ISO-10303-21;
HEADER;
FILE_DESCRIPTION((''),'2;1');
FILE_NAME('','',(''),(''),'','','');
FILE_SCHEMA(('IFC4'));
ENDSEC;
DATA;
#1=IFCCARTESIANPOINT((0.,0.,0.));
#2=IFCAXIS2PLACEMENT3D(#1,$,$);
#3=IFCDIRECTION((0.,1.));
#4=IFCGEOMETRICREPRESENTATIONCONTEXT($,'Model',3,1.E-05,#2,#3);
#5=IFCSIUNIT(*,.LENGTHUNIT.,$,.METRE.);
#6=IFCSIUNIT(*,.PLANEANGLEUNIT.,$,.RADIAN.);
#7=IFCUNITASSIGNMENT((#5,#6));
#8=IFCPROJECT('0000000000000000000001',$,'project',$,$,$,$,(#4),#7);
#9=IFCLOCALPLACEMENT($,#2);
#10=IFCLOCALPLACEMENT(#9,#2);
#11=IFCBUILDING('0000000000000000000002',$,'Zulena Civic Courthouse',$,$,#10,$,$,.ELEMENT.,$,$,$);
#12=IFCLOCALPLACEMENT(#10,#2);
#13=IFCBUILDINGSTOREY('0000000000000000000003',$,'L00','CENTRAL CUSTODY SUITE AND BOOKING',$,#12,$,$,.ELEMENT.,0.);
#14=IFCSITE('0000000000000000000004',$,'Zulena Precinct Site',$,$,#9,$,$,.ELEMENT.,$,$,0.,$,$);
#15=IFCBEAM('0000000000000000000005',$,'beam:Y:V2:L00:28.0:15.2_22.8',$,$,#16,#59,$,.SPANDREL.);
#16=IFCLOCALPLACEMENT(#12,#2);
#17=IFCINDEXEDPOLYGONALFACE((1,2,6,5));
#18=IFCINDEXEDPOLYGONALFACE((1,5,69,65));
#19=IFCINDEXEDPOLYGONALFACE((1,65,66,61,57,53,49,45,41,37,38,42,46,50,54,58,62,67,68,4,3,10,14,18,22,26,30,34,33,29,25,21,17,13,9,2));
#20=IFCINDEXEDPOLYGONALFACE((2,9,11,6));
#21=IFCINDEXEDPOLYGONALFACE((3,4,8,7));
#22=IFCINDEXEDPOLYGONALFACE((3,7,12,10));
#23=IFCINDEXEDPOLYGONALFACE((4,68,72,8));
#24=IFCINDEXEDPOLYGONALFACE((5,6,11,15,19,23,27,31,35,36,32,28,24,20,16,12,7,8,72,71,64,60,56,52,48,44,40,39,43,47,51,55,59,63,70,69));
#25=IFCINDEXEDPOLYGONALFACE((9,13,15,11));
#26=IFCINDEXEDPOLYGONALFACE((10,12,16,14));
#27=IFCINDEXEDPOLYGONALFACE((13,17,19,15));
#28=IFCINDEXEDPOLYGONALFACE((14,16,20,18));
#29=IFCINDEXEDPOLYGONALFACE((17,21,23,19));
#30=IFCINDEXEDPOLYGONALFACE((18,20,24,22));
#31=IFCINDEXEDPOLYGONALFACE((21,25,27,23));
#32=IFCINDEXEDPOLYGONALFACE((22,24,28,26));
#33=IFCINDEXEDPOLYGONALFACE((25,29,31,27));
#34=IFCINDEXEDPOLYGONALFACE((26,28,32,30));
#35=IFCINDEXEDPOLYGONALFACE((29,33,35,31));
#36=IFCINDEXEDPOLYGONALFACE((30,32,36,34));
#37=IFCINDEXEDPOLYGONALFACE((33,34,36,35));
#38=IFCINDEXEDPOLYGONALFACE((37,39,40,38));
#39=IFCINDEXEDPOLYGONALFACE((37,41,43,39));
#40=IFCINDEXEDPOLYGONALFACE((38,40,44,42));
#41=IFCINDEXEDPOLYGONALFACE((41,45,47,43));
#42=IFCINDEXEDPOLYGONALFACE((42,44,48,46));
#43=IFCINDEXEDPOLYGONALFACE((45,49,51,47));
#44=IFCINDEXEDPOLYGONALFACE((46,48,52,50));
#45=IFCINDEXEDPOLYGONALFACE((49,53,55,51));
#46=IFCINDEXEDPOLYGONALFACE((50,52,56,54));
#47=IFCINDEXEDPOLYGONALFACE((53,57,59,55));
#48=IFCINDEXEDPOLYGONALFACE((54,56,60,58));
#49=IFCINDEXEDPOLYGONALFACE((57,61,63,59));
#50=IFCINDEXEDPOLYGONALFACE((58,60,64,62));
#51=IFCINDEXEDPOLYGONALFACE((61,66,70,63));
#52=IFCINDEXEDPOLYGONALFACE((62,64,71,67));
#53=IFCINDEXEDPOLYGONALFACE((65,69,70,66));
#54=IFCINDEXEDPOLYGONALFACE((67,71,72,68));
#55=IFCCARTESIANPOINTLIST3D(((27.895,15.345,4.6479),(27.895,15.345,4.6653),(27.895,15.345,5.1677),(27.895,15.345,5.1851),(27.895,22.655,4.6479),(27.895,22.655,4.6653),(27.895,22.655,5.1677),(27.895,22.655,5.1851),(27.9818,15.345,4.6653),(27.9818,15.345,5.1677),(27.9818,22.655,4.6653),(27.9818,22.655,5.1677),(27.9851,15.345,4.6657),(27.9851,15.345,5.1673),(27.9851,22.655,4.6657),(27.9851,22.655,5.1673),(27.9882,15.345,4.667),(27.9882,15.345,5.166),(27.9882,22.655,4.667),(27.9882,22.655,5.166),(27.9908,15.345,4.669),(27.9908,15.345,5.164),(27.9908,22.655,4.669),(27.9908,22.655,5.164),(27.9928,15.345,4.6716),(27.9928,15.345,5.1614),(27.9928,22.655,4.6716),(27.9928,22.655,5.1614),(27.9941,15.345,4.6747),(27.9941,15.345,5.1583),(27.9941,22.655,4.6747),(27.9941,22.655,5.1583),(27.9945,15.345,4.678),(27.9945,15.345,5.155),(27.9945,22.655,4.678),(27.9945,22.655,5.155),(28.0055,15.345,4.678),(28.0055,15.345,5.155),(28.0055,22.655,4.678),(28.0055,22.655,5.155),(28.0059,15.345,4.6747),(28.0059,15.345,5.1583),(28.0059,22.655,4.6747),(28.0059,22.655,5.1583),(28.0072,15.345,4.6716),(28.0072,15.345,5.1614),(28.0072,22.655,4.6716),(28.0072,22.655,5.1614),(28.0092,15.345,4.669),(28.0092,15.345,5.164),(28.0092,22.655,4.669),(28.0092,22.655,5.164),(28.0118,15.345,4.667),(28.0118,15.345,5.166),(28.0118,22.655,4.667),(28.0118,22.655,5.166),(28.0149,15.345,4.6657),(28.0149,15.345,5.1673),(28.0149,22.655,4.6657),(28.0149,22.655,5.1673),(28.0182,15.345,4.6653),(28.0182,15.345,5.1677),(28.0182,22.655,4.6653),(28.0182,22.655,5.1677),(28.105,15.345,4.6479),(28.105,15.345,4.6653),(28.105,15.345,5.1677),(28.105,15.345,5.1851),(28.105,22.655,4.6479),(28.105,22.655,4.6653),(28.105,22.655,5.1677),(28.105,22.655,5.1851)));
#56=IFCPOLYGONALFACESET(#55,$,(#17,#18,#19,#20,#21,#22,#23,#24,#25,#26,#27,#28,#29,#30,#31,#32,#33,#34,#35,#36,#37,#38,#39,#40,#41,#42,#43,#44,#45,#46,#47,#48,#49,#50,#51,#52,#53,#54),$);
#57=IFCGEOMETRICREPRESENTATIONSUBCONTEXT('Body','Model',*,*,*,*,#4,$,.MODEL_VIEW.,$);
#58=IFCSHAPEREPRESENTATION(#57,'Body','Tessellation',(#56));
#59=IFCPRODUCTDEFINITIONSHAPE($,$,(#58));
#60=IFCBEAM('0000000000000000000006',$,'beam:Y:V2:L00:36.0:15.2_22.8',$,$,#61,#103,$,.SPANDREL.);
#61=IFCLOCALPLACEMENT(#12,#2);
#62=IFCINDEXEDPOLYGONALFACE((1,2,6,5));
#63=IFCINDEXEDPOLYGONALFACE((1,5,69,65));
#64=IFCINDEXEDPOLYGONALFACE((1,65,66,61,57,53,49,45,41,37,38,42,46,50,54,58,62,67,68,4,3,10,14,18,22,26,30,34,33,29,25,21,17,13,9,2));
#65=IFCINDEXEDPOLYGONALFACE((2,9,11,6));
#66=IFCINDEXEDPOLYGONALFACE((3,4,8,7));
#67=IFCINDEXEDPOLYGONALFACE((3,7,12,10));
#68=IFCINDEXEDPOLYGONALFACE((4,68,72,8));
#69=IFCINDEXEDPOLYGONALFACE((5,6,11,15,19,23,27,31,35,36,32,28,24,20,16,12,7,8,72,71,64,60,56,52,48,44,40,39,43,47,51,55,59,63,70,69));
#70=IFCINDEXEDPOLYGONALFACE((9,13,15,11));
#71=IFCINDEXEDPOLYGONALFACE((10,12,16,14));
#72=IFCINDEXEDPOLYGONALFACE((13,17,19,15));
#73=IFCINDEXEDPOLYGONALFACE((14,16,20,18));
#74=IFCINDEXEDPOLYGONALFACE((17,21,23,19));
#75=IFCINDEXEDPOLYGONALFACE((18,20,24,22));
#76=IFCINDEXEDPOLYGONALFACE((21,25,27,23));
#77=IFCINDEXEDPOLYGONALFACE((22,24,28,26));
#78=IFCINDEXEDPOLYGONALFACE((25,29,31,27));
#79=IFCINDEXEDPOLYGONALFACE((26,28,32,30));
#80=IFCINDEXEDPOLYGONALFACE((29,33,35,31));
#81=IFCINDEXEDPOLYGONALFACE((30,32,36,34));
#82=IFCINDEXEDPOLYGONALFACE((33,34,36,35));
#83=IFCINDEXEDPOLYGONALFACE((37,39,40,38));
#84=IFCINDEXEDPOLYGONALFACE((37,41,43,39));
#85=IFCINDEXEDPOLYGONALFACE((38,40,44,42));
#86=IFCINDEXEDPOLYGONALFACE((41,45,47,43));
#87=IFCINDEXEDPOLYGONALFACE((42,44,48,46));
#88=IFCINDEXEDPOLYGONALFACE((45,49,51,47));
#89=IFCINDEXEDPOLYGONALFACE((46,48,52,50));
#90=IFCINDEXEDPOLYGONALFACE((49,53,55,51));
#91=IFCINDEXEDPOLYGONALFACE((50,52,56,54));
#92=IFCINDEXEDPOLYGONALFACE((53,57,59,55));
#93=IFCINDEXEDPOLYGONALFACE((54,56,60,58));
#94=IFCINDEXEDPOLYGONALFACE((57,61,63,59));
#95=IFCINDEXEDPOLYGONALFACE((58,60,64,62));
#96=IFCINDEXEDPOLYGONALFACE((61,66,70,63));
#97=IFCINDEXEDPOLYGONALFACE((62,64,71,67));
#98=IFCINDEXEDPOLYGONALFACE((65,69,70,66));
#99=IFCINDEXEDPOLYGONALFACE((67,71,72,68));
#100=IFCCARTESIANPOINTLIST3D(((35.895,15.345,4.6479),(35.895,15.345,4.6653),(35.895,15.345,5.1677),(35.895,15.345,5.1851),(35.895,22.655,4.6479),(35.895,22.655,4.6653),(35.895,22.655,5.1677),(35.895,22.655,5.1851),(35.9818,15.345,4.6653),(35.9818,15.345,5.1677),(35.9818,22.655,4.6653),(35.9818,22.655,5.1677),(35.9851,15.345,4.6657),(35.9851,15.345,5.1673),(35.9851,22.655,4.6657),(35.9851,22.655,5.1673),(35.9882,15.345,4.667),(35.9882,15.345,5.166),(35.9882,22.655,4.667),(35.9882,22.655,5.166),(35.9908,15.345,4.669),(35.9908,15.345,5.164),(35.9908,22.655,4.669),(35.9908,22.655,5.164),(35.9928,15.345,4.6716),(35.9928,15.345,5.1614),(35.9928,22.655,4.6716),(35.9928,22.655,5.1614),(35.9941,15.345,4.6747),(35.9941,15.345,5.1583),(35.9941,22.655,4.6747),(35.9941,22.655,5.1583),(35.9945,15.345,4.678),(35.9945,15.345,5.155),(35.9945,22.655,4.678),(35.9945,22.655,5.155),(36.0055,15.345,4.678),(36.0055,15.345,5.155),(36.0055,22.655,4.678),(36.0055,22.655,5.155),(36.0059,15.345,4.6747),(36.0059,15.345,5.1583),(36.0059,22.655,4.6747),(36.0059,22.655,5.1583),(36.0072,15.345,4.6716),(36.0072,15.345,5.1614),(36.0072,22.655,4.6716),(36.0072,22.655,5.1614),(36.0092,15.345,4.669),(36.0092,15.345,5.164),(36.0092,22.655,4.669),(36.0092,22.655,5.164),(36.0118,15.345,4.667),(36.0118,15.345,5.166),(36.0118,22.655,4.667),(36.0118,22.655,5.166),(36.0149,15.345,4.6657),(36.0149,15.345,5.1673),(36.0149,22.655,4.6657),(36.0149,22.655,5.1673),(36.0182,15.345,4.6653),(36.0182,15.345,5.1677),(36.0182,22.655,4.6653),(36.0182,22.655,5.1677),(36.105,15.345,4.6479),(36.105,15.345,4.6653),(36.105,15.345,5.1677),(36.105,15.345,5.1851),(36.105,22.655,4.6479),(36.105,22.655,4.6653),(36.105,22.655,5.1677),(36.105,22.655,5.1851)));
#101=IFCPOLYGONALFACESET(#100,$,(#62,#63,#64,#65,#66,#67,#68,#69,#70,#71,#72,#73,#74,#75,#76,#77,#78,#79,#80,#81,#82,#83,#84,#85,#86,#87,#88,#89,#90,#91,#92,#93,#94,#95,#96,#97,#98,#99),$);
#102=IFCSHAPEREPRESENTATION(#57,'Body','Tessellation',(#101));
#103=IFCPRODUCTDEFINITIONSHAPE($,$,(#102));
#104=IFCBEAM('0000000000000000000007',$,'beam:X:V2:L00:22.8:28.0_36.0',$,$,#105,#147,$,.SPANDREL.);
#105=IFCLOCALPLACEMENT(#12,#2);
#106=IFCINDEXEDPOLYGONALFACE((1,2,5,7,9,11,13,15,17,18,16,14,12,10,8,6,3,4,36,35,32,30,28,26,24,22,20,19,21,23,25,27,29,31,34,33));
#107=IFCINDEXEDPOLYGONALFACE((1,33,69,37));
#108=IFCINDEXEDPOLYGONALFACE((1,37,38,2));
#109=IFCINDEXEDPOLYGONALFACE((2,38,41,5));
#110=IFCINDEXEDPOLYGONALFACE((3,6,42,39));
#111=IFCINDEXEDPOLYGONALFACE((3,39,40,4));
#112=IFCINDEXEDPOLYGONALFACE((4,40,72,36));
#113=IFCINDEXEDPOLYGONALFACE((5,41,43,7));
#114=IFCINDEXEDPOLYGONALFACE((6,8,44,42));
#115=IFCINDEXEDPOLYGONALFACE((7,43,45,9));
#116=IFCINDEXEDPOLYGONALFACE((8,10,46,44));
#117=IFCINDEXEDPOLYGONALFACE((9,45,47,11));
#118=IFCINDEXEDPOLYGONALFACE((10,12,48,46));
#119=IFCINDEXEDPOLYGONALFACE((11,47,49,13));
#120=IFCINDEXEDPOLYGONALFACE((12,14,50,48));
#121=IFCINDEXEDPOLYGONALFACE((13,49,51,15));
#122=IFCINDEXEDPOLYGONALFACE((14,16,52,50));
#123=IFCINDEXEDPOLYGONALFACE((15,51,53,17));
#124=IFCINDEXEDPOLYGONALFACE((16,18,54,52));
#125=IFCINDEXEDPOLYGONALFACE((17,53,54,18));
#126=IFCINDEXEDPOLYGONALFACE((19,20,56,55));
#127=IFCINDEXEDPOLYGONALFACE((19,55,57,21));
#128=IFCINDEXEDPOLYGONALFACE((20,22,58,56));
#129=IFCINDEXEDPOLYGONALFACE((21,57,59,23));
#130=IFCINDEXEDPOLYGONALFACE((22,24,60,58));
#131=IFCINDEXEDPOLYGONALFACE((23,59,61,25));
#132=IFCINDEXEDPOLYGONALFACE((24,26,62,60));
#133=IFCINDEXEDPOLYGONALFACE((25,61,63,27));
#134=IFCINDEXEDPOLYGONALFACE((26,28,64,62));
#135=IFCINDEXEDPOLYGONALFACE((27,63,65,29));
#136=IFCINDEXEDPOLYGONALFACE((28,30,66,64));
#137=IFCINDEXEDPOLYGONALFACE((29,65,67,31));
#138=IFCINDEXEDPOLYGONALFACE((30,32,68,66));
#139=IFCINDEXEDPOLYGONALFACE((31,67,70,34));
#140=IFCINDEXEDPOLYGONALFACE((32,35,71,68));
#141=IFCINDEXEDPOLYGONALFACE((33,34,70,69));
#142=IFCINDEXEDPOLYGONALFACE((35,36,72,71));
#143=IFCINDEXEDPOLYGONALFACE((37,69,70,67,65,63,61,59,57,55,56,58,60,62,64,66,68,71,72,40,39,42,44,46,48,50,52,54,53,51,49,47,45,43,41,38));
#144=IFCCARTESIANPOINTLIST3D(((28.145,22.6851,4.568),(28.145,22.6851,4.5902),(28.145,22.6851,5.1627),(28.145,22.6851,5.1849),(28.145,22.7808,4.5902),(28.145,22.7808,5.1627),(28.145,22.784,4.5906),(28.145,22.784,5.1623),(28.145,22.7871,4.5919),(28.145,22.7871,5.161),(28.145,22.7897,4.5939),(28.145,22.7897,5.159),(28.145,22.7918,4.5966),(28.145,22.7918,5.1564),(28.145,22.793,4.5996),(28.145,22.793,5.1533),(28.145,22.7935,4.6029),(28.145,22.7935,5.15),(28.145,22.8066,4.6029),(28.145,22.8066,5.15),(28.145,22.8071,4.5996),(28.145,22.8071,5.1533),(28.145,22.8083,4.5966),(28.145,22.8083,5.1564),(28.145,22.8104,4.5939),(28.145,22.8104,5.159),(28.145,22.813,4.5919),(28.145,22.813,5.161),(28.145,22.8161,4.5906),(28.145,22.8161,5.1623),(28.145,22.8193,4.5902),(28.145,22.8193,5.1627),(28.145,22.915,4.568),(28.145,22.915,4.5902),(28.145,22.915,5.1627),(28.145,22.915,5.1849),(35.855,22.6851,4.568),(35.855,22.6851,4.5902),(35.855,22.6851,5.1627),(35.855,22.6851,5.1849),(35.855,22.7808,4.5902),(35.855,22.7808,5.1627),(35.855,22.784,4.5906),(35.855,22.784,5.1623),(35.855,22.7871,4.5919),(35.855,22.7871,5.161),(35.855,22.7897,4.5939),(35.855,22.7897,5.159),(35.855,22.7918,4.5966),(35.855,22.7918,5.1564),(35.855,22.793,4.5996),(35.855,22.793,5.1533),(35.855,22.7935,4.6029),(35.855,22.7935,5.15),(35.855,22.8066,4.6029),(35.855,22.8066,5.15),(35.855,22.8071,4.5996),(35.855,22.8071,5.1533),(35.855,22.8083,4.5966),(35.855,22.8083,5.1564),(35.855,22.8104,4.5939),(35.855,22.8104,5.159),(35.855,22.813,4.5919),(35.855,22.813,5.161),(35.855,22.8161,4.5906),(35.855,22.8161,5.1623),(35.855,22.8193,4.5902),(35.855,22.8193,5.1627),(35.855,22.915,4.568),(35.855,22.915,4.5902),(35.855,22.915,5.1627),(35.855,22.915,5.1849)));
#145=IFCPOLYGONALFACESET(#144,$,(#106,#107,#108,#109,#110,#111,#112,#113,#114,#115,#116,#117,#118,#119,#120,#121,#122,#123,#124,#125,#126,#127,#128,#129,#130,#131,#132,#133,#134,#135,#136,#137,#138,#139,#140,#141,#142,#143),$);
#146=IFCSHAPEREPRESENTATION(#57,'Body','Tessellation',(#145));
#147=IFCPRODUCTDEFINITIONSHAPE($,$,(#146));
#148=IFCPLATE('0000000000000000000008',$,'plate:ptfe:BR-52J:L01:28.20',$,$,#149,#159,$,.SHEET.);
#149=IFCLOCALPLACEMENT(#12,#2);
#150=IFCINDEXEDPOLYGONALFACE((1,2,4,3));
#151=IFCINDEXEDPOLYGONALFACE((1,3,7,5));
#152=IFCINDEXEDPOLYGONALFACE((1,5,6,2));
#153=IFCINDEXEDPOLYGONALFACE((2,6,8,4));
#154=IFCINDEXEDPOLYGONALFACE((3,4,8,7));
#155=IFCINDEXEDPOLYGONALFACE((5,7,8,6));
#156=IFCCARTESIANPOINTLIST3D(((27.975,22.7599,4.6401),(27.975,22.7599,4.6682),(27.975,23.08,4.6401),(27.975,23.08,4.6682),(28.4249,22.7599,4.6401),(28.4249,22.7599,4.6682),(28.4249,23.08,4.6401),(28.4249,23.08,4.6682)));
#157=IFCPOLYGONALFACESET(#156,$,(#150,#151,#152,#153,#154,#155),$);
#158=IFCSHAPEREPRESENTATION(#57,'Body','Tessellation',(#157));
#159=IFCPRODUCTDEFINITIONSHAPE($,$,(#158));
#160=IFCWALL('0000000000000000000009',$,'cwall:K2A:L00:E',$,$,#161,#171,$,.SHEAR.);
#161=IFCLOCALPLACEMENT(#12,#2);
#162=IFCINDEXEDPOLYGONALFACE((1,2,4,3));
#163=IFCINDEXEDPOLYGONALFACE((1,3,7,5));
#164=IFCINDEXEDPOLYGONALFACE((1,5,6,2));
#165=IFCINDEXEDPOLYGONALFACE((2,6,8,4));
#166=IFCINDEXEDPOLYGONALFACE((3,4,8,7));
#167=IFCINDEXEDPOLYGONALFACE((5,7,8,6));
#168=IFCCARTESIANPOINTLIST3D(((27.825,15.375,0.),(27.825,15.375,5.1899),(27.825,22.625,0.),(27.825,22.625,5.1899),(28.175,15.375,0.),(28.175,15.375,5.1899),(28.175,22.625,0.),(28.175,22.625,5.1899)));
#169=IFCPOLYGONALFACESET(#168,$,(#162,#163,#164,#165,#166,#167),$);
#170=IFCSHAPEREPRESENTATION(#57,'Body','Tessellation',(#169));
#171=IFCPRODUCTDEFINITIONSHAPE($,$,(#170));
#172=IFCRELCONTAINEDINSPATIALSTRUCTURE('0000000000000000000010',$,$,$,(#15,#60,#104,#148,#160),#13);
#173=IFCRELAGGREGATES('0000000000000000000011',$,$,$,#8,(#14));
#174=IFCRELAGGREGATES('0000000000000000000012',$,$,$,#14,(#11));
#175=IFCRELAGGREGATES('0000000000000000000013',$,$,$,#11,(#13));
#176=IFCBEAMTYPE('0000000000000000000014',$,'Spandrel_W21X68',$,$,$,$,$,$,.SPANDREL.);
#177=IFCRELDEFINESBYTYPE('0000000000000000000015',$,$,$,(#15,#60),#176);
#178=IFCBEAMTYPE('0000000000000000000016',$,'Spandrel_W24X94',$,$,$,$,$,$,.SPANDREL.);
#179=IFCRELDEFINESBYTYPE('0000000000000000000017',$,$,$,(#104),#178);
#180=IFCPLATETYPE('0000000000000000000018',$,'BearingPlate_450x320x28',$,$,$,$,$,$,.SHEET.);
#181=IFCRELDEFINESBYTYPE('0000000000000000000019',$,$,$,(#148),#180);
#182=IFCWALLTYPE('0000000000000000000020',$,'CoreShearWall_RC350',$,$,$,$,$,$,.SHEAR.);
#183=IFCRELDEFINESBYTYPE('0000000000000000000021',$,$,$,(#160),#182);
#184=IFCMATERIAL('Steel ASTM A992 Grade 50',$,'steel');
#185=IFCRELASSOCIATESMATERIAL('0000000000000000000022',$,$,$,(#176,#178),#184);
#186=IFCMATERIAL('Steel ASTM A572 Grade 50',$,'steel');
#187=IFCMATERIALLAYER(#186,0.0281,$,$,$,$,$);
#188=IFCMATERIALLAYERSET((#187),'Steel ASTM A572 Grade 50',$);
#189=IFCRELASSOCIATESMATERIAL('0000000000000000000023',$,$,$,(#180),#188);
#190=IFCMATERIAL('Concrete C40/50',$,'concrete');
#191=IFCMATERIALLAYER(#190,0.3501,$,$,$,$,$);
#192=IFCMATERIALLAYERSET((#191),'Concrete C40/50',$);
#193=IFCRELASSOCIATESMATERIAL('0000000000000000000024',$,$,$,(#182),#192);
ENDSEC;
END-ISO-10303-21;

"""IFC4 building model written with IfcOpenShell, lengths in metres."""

from ifc_helpers import new_model, si_unit, direction, frame, frame_2d, origin, origin_2d, place, context, subcontext, project, spatial, rectangle, i_section, extrude, material, layer, layer_set, material_profile, profile_set, type_object, element, save


model = new_model("IFC4")

# Units and contexts
model_context = context("Model", 3, precision=1e-05, world=origin(), true_north=direction((0.0, 1.0)))
body_context = subcontext(model_context, "Body", "Model", "MODEL_VIEW")
ifc_project = project(units=[si_unit("LENGTHUNIT", "METRE"), si_unit("PLANEANGLEUNIT", "RADIAN")], contexts=[model_context])

# Site, building, storey
site_placement = place(None, origin())
site = spatial("IfcSite", under=ifc_project, at=site_placement, Name="Zulena Precinct Site", CompositionType="ELEMENT", RefElevation=0.0)
building_placement = place(site_placement, origin())
building = spatial("IfcBuilding", under=site, at=building_placement, Name="Zulena Civic Courthouse", CompositionType="ELEMENT")
storey_placement = place(building_placement, origin())
storey = spatial("IfcBuildingStorey", under=building, at=storey_placement, Name="L00", Description="CENTRAL CUSTODY SUITE AND BOOKING", CompositionType="ELEMENT", Elevation=0.0)

# Shared definitions
ifc_material_1 = material(Name="Concrete C40/50", Category="concrete")

# Shared definitions
ifc_material_2 = material(Name="Steel ASTM A992 Grade 50", Category="steel")

# Beams
ifc_material_profile_1 = material_profile(ifc_material_2, i_section(OverallWidth=0.21, OverallDepth=0.5371, WebThickness=0.011, FlangeThickness=0.0173, FilletRadius=0.0127, at=origin_2d()), Name="W21X68")
ifc_profile_set_1 = profile_set([ifc_material_profile_1], Name="Steel ASTM A992 Grade 50")
beam_type_1 = type_object("IfcBeamType", Name="Spandrel_W21X68", PredefinedType="SPANDREL", material=ifc_profile_set_1)
for number, where, z_axis, x_axis, name in (
    (1, (28.0, 15.345, 4.9165), (0.0, 1.0, 0.0), (-1.0, 0.0, 0.0), "beam:Y:V2:L00:28.0:15.2_22.8"),
    (2, (36.0, 15.345, 4.9165), (0.0, 1.0, 0.0), (-1.0, 0.0, 0.0), "beam:Y:V2:L00:36.0:15.2_22.8"),
):
    element("IfcBeam", number, at=place(storey_placement, frame(where, z_axis=z_axis, x_axis=x_axis)), inside=storey, type_object=beam_type_1, Name=name, PredefinedType="SPANDREL", context=body_context, shape_type="SweptSolid", body=[
        extrude(i_section(OverallWidth=0.21, OverallDepth=0.5371, WebThickness=0.011, FlangeThickness=0.0173, FilletRadius=0.0127, at=origin_2d()), origin(), (0.0, 0.0, 1.0), 7.3101),
    ])
ifc_material_profile_2 = material_profile(ifc_material_2, i_section(OverallWidth=0.23, OverallDepth=0.6169, WebThickness=0.0132, FlangeThickness=0.0222, FilletRadius=0.0127, at=origin_2d()), Name="W24X94")
ifc_profile_set_2 = profile_set([ifc_material_profile_2], Name="Steel ASTM A992 Grade 50")
beam_type_2 = type_object("IfcBeamType", Name="Spandrel_W24X94", PredefinedType="SPANDREL", material=ifc_profile_set_2)
beam_1_placement = place(storey_placement, frame((28.145, 22.8, 4.8765), z_axis=(1.0, 0.0, 0.0), x_axis=(0.0, 1.0, 0.0)))
element("IfcBeam", 3, at=beam_1_placement, inside=storey, type_object=beam_type_2, Name="beam:X:V2:L00:22.8:28.0_36.0", PredefinedType="SPANDREL", context=body_context, shape_type="SweptSolid", body=[
    extrude(i_section(OverallWidth=0.23, OverallDepth=0.6169, WebThickness=0.0132, FlangeThickness=0.0222, FilletRadius=0.0127, at=origin_2d()), origin(), (0.0, 0.0, 1.0), 7.71),
])

# Plate
ifc_material_3 = material(Name="Steel ASTM A572 Grade 50", Category="steel")
ifc_layer_1 = layer(ifc_material_3, 0.0281)
ifc_layer_set_1 = layer_set([ifc_layer_1], Name="Steel ASTM A572 Grade 50")
plate_type = type_object("IfcPlateType", Name="BearingPlate_450x320x28", PredefinedType="SHEET", material=ifc_layer_set_1)
plate_placement = place(storey_placement, frame((28.2, 22.9199, 4.6401), z_axis=(0.0, 0.0, 1.0), x_axis=(1.0, 0.0, 0.0)))
element("IfcPlate", 4, at=plate_placement, inside=storey, type_object=plate_type, Name="plate:ptfe:BR-52J:L01:28.20", PredefinedType="SHEET", context=body_context, shape_type="SweptSolid", body=[
    extrude(rectangle(XDim=0.45, YDim=0.3201, at=origin_2d()), origin(), (0.0, 0.0, 1.0), 0.0281),
])

# Wall
ifc_layer_2 = layer(ifc_material_1, 0.3501)
ifc_layer_set_2 = layer_set([ifc_layer_2], Name="Concrete C40/50")
wall_type_1 = type_object("IfcWallType", Name="CoreShearWall_RC350", PredefinedType="SHEAR", material=ifc_layer_set_2)
wall_1_placement = place(storey_placement, frame((28.0, 15.375, 0.0), z_axis=(0.0, 0.0, 1.0), x_axis=(0.0, 1.0, 0.0)))
element("IfcWall", 5, at=wall_1_placement, inside=storey, type_object=wall_type_1, Name="cwall:K2A:L00:E", PredefinedType="SHEAR", context=body_context, shape_type="SweptSolid", body=[
    extrude(rectangle(XDim=7.25, YDim=0.3501, at=frame_2d((3.625, 0.0))), origin(), (0.0, 0.0, 1.0), 5.1899),
])

save(model, "model.ifc")
